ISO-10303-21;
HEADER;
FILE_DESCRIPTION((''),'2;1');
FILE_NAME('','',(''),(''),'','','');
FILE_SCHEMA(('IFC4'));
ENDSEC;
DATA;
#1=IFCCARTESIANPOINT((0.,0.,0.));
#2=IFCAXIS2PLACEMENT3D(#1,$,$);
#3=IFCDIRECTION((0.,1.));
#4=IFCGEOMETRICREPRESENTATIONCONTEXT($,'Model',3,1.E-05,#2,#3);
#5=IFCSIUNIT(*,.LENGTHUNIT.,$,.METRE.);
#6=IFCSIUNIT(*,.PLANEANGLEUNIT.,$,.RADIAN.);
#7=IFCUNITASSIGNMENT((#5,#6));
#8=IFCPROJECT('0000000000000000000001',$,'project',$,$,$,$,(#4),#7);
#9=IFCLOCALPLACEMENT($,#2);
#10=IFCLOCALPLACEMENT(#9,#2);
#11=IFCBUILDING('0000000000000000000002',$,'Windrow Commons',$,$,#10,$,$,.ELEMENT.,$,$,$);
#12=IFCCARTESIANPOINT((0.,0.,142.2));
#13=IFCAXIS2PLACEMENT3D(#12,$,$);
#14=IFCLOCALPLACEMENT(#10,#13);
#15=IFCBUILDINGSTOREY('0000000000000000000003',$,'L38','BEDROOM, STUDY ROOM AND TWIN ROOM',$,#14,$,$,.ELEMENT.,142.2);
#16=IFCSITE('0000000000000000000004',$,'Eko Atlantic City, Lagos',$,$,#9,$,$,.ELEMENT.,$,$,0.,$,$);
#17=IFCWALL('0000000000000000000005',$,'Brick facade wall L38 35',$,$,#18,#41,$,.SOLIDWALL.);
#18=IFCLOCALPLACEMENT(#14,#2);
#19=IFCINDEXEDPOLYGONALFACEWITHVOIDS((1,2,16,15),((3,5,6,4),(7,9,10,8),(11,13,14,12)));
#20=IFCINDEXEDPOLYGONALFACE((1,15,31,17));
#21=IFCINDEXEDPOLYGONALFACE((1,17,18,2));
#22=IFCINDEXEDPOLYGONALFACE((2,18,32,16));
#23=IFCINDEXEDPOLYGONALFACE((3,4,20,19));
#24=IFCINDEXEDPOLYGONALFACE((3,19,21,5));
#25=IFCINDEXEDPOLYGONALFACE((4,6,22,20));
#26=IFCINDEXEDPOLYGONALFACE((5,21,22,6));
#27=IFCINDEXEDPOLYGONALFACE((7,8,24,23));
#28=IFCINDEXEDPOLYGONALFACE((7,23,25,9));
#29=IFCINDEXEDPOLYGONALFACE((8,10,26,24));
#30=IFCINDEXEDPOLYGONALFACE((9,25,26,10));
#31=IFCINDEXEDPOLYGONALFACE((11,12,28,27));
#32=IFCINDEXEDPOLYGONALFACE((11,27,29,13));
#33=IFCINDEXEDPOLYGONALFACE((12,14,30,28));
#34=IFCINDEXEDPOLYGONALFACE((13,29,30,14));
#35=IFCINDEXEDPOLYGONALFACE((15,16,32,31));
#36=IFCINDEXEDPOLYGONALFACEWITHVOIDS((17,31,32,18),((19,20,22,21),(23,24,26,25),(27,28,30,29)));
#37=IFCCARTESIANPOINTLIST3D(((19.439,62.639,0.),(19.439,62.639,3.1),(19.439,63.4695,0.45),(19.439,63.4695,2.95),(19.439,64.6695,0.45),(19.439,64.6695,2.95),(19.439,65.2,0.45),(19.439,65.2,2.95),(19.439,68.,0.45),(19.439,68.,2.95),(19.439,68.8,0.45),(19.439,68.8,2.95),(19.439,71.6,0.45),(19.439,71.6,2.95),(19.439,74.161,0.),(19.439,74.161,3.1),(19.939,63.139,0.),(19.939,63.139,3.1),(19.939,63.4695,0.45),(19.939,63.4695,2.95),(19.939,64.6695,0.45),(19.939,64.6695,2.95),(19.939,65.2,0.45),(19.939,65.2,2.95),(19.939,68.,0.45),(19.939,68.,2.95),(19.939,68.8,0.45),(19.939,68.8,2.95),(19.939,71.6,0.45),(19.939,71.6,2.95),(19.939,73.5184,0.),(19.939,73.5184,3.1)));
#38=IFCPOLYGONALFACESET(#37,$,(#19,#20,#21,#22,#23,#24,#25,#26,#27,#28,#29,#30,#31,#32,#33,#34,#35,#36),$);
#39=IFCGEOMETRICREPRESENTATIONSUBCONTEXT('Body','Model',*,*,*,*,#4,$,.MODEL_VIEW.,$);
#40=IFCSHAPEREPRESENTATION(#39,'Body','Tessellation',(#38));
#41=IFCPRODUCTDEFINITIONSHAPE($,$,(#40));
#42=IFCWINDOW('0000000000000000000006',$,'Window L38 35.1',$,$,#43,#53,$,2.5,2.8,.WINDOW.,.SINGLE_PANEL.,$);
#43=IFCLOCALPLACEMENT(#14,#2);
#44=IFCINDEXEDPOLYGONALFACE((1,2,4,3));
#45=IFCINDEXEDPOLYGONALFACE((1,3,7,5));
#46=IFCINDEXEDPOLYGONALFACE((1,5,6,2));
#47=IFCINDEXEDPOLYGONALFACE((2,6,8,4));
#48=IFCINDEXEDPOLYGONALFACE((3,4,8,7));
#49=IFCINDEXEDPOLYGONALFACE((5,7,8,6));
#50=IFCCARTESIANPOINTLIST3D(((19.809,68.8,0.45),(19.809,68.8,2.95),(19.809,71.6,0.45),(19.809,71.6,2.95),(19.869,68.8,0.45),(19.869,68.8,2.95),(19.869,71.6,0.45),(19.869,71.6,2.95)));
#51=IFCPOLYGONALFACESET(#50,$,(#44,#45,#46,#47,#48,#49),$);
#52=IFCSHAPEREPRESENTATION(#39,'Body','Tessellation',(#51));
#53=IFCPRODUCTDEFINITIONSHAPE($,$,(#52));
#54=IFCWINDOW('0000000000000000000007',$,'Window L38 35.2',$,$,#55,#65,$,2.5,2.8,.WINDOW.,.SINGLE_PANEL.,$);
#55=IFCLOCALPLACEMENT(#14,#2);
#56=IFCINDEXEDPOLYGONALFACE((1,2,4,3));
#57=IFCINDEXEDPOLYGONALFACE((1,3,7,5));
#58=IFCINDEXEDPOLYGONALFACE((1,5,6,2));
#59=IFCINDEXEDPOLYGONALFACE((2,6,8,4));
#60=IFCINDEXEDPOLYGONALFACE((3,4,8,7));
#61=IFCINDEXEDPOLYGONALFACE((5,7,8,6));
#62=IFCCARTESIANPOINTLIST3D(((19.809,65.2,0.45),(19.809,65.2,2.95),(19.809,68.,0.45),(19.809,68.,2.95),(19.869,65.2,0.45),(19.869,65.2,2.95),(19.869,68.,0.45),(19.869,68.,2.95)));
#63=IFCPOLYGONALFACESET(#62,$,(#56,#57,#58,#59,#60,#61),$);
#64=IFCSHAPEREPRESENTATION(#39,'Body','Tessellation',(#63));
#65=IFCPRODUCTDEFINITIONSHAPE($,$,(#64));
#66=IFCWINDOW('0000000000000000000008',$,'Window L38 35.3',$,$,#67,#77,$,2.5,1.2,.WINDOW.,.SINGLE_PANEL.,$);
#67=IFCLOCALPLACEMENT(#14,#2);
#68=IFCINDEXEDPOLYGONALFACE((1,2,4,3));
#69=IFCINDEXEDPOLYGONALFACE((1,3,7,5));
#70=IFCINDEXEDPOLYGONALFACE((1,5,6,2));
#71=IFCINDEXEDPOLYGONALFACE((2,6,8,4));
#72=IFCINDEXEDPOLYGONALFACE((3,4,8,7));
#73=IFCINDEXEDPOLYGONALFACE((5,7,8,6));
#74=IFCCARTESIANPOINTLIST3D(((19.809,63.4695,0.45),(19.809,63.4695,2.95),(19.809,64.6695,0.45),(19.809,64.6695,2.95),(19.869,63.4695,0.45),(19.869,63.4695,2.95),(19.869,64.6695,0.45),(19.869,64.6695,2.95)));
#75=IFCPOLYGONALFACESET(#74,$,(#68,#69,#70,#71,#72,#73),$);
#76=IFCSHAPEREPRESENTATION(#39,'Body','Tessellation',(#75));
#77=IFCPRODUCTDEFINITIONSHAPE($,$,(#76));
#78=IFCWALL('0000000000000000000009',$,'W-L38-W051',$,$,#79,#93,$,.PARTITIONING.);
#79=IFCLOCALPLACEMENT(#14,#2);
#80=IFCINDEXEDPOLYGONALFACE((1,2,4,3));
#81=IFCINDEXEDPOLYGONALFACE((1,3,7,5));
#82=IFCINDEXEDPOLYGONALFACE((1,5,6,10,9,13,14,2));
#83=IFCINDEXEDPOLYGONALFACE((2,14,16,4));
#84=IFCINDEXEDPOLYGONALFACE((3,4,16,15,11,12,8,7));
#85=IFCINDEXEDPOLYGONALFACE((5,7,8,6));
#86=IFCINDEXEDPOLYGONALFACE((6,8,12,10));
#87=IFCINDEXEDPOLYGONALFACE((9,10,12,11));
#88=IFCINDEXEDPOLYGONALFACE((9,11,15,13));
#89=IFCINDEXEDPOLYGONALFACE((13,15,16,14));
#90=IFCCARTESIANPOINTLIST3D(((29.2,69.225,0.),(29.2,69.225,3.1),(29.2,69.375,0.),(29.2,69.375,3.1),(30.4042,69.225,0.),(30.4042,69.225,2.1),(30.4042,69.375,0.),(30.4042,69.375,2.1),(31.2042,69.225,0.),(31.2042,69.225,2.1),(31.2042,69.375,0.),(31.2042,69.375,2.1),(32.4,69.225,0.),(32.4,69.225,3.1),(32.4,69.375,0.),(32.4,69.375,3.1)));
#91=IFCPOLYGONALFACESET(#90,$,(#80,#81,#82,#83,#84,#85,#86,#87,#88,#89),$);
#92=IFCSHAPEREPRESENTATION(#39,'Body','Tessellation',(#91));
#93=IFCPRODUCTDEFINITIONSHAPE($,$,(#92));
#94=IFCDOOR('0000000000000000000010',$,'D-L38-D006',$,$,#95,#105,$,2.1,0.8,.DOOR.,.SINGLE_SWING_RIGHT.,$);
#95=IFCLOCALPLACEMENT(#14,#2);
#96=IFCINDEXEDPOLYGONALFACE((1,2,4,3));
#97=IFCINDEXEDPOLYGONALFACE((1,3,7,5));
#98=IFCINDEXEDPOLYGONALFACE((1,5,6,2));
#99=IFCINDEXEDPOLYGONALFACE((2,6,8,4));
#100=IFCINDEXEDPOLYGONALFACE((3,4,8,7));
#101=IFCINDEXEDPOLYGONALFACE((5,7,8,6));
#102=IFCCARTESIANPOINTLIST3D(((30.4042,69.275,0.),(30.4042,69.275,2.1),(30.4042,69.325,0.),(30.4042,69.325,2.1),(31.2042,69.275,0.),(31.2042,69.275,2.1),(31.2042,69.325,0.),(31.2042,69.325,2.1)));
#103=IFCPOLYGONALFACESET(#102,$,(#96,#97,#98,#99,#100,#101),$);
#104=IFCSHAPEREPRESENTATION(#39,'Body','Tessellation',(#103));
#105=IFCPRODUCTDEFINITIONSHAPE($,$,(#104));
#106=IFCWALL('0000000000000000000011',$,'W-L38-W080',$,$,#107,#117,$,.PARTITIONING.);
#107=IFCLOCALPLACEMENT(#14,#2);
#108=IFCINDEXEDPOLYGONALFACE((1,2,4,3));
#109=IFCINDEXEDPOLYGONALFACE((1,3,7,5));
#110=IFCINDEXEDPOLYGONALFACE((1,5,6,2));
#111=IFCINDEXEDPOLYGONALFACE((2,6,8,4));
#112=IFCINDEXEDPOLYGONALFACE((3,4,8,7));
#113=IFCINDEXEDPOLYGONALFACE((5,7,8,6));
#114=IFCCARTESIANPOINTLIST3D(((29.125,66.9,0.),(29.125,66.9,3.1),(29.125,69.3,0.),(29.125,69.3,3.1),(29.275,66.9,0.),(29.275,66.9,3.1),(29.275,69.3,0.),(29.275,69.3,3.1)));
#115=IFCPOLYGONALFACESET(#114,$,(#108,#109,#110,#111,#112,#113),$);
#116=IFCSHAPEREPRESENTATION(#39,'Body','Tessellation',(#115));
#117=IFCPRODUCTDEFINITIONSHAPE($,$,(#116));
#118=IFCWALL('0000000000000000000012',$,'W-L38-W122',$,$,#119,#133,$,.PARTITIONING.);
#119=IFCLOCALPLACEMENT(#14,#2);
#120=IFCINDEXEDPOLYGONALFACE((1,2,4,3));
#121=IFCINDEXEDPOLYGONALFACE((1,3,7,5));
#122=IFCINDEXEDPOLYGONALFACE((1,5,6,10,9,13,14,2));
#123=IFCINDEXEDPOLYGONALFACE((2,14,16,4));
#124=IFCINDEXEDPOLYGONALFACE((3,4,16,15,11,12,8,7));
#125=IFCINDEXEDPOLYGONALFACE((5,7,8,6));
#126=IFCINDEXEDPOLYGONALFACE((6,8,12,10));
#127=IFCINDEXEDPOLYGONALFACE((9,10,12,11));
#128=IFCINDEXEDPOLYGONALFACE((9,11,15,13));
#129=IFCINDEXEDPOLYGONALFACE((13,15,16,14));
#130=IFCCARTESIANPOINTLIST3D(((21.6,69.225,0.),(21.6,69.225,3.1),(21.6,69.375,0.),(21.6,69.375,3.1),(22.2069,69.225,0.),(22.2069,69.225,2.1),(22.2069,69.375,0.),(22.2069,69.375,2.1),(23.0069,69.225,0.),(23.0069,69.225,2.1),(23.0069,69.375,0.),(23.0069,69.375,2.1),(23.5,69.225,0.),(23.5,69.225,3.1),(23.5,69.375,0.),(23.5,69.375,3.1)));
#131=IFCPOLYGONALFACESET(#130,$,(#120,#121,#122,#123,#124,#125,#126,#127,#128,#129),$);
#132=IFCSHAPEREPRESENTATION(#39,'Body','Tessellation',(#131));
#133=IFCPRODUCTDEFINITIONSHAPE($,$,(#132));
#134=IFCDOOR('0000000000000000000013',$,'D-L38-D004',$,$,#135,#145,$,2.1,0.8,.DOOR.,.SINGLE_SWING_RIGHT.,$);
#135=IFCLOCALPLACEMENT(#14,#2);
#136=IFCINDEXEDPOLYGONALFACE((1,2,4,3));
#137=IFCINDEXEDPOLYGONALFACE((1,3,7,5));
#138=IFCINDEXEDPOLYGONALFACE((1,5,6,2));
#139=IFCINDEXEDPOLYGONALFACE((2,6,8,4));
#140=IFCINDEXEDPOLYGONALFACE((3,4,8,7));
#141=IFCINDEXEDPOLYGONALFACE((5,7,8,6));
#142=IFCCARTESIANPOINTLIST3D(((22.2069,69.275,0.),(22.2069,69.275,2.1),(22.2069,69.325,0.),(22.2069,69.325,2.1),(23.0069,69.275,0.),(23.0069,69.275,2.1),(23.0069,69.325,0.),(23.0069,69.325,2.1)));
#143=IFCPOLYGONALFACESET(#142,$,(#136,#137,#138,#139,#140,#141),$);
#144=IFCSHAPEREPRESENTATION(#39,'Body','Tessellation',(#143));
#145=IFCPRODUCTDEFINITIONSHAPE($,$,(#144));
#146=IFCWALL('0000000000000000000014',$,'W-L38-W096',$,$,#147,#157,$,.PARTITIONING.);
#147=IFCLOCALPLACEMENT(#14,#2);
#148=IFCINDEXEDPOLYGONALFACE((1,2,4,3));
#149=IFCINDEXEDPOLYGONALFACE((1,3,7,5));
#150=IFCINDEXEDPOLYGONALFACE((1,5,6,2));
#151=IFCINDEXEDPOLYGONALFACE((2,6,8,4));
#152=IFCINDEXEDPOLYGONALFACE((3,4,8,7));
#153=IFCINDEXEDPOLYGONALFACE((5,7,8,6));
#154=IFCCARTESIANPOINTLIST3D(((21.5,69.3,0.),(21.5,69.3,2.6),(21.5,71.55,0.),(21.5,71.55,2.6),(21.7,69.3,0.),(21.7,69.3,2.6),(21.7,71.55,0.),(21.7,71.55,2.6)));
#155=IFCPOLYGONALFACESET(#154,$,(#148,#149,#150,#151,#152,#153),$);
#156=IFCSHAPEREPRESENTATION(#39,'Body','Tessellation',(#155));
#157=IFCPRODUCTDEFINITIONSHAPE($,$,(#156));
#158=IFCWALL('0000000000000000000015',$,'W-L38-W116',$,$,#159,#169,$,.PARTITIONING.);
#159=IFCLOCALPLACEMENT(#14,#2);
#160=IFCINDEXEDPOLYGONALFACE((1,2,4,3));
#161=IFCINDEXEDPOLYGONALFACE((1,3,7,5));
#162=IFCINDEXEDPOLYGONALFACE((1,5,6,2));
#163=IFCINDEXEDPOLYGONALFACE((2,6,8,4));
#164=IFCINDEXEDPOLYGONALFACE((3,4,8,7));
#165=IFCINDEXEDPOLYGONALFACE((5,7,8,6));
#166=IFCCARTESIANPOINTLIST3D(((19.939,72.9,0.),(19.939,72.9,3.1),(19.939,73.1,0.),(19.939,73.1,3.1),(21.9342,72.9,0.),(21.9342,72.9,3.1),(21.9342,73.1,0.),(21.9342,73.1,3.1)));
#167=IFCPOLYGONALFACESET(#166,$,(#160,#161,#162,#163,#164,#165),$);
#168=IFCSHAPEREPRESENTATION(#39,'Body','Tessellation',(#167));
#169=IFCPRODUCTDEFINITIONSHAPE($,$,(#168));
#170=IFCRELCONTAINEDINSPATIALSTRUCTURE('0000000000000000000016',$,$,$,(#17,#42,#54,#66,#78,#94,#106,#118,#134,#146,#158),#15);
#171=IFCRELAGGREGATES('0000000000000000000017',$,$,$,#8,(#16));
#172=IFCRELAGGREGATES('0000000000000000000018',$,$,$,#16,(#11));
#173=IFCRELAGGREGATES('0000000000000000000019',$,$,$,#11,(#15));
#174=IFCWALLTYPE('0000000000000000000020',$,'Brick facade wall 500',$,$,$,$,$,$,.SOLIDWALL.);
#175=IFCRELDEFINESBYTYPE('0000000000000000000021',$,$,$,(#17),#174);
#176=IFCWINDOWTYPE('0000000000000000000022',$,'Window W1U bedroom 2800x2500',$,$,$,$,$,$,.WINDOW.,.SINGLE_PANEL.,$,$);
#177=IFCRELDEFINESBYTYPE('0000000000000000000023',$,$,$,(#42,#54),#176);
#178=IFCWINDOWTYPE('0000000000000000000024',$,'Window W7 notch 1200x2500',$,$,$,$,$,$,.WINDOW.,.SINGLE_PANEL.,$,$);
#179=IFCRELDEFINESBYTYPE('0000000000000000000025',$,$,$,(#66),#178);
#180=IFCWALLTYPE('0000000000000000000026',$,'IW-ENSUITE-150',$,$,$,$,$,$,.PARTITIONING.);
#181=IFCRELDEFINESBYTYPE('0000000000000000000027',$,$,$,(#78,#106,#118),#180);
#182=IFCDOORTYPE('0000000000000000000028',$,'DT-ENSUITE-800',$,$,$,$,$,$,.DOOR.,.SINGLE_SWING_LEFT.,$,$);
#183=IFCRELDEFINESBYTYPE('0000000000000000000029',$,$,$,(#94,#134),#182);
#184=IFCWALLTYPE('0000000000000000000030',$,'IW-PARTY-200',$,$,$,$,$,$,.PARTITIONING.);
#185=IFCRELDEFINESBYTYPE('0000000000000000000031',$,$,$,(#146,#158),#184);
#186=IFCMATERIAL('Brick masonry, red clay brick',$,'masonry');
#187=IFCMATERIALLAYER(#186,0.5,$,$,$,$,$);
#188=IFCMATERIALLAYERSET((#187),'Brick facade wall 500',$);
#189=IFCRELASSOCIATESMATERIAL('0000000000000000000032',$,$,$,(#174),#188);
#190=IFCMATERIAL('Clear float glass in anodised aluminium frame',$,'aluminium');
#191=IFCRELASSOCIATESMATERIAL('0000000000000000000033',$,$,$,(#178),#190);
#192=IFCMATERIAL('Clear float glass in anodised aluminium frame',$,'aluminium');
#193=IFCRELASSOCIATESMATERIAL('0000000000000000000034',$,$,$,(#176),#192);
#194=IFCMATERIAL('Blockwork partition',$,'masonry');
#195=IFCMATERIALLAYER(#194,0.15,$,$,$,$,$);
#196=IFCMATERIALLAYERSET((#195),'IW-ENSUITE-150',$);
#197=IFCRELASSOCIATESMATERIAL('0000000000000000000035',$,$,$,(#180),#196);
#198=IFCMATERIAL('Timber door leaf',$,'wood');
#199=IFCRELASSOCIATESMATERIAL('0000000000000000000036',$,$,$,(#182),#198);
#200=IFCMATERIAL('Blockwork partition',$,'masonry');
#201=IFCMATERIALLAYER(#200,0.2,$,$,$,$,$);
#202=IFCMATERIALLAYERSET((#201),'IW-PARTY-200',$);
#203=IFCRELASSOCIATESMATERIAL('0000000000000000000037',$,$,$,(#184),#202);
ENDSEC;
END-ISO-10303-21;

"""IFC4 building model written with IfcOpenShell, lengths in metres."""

from ifc_helpers import new_model, si_unit, direction, frame, frame_2d, origin, place, context, subcontext, project, spatial, polyline, rectangle, outline, extrude, material, layer, layer_set, type_object, element, fill, save


model = new_model("IFC4")

# Units and contexts
model_context = context("Model", 3, precision=1e-05, world=origin(), true_north=direction((0.0, 1.0)))
body_context = subcontext(model_context, "Body", "Model", "MODEL_VIEW")
ifc_project = project(units=[si_unit("LENGTHUNIT", "METRE"), si_unit("PLANEANGLEUNIT", "RADIAN")], contexts=[model_context])

# Site, building, storey
site_placement = place(None, origin())
site = spatial("IfcSite", under=ifc_project, at=site_placement, Name="Eko Atlantic City, Lagos", CompositionType="ELEMENT", RefElevation=0.0)
building_placement = place(site_placement, origin())
building = spatial("IfcBuilding", under=site, at=building_placement, Name="Windrow Commons", CompositionType="ELEMENT")
storey_placement = place(building_placement, frame((0.0, 0.0, 142.2)))
storey = spatial("IfcBuildingStorey", under=building, at=storey_placement, Name="L38", Description="BEDROOM, STUDY ROOM AND TWIN ROOM", CompositionType="ELEMENT", Elevation=142.2)

# Wall, openings, windows
ifc_material_1 = material(Name="Brick masonry, red clay brick", Category="masonry")
ifc_layer_1 = layer(ifc_material_1, 0.5)
ifc_layer_set_1 = layer_set([ifc_layer_1], Name="Brick facade wall 500")
wall_type_1 = type_object("IfcWallType", Name="Brick facade wall 500", PredefinedType="SOLIDWALL", material=ifc_layer_set_1)
ifc_material_2 = material(Name="Clear float glass in anodised aluminium frame", Category="aluminium")
window_type_1 = type_object("IfcWindowType", Name="Window W7 notch 1200x2500", PartitioningType="SINGLE_PANEL", PredefinedType="WINDOW", material=ifc_material_2)
wall_1_placement = place(storey_placement, frame((19.689, 73.8397, 0.0), z_axis=(0.0, 0.0, 1.0), x_axis=(0.0, -1.0, 0.0)))
wall_1 = element("IfcWall", 1, at=wall_1_placement, inside=storey, type_object=wall_type_1, Name="Brick facade wall L38 35", PredefinedType="SOLIDWALL", context=body_context, shape_type="SweptSolid", body=[
    extrude(outline(polyline([(-0.3213, -0.25), (11.2007, -0.25), (10.7007, 0.25), (0.3213, 0.25), (-0.3213, -0.25)])), origin(), (0.0, 0.0, 1.0), 3.1),
])
opening_1_placement = place(wall_1_placement, frame((2.2397, 0.0, 0.45)))
opening_1 = element("IfcOpeningElement", 2, at=opening_1_placement, cuts=wall_1, PredefinedType="OPENING", context=body_context, shape_type="SweptSolid", body=[
    extrude(rectangle(XDim=2.8, YDim=2.5, at=frame_2d((1.4, 1.25))), frame((0.0, 0.26, 0.0), z_axis=(0.0, -1.0, 0.0), x_axis=(1.0, 0.0, 0.0)), (0.0, 0.0, 1.0), 0.52),
])
opening_2_placement = place(wall_1_placement, frame((5.8397, 0.0, 0.45)))
opening_2 = element("IfcOpeningElement", 3, at=opening_2_placement, cuts=wall_1, PredefinedType="OPENING", context=body_context, shape_type="SweptSolid", body=[
    extrude(rectangle(XDim=2.8, YDim=2.5, at=frame_2d((1.4, 1.25))), frame((0.0, 0.26, 0.0), z_axis=(0.0, -1.0, 0.0), x_axis=(1.0, 0.0, 0.0)), (0.0, 0.0, 1.0), 0.52),
])
opening_3_placement = place(wall_1_placement, frame((9.1702, 0.0, 0.45)))
opening_3 = element("IfcOpeningElement", 4, at=opening_3_placement, cuts=wall_1, PredefinedType="OPENING", context=body_context, shape_type="SweptSolid", body=[
    extrude(rectangle(XDim=1.2, YDim=2.5, at=frame_2d((0.6, 1.25))), frame((0.0, 0.26, 0.0), z_axis=(0.0, -1.0, 0.0), x_axis=(1.0, 0.0, 0.0)), (0.0, 0.0, 1.0), 0.52),
])
ifc_material_3 = material(Name="Clear float glass in anodised aluminium frame", Category="aluminium")
window_type_2 = type_object("IfcWindowType", Name="Window W1U bedroom 2800x2500", PartitioningType="SINGLE_PANEL", PredefinedType="WINDOW", material=ifc_material_3)
window_1_placement = place(opening_1_placement, origin())
window_1 = element("IfcWindow", 5, at=window_1_placement, inside=storey, type_object=window_type_2, Name="Window L38 35.1", OverallHeight=2.5, OverallWidth=2.8, PartitioningType="SINGLE_PANEL", PredefinedType="WINDOW", context=body_context, shape_type="SweptSolid", body=[
    extrude(rectangle(XDim=2.8, YDim=2.5, at=frame_2d((1.4, 1.25))), frame((0.0, 0.18, 0.0), z_axis=(0.0, -1.0, 0.0), x_axis=(1.0, 0.0, 0.0)), (0.0, 0.0, 1.0), 0.06),
])
fill(opening_1, window_1)
window_2_placement = place(opening_2_placement, origin())
window_2 = element("IfcWindow", 6, at=window_2_placement, inside=storey, type_object=window_type_2, Name="Window L38 35.2", OverallHeight=2.5, OverallWidth=2.8, PartitioningType="SINGLE_PANEL", PredefinedType="WINDOW", context=body_context, shape_type="SweptSolid", body=[
    extrude(rectangle(XDim=2.8, YDim=2.5, at=frame_2d((1.4, 1.25))), frame((0.0, 0.18, 0.0), z_axis=(0.0, -1.0, 0.0), x_axis=(1.0, 0.0, 0.0)), (0.0, 0.0, 1.0), 0.06),
])
fill(opening_2, window_2)
window_3_placement = place(opening_3_placement, origin())
window_3 = element("IfcWindow", 7, at=window_3_placement, inside=storey, type_object=window_type_1, Name="Window L38 35.3", OverallHeight=2.5, OverallWidth=1.2, PartitioningType="SINGLE_PANEL", PredefinedType="WINDOW", context=body_context, shape_type="SweptSolid", body=[
    extrude(rectangle(XDim=1.2, YDim=2.5, at=frame_2d((0.6, 1.25))), frame((0.0, 0.18, 0.0), z_axis=(0.0, -1.0, 0.0), x_axis=(1.0, 0.0, 0.0)), (0.0, 0.0, 1.0), 0.06),
])
fill(opening_3, window_3)

# Wall, opening, door
ifc_material_4 = material(Name="Blockwork partition", Category="masonry")
ifc_layer_2 = layer(ifc_material_4, 0.15)
ifc_layer_set_2 = layer_set([ifc_layer_2], Name="IW-ENSUITE-150")
wall_type_2 = type_object("IfcWallType", Name="IW-ENSUITE-150", PredefinedType="PARTITIONING", material=ifc_layer_set_2)
wall_2_placement = place(storey_placement, frame((29.2, 69.3, 0.0), z_axis=(0.0, 0.0, 1.0), x_axis=(1.0, 0.0, 0.0)))
wall_2 = element("IfcWall", 8, at=wall_2_placement, inside=storey, type_object=wall_type_2, Name="W-L38-W051", PredefinedType="PARTITIONING", context=body_context, shape_type="SweptSolid", body=[
    extrude(rectangle(XDim=3.2, YDim=0.15, at=frame_2d((1.6, 0.0))), origin(), (0.0, 0.0, 1.0), 3.1),
])
opening_4_placement = place(wall_2_placement, frame((1.2042, 0.0, 0.0)))
opening_4 = element("IfcOpeningElement", 9, at=opening_4_placement, cuts=wall_2, PredefinedType="OPENING", context=body_context, shape_type="SweptSolid", body=[
    extrude(rectangle(XDim=0.8, YDim=2.1, at=frame_2d((0.4, 1.05))), frame((0.0, 0.085, 0.0), z_axis=(0.0, -1.0, 0.0), x_axis=(1.0, 0.0, 0.0)), (0.0, 0.0, 1.0), 0.17),
])
ifc_material_5 = material(Name="Timber door leaf", Category="wood")
door_type = type_object("IfcDoorType", Name="DT-ENSUITE-800", OperationType="SINGLE_SWING_LEFT", PredefinedType="DOOR", material=ifc_material_5)
door_1_placement = place(opening_4_placement, origin())
door_1 = element("IfcDoor", 10, at=door_1_placement, inside=storey, type_object=door_type, Name="D-L38-D006", OperationType="SINGLE_SWING_RIGHT", OverallHeight=2.1, OverallWidth=0.8, PredefinedType="DOOR", context=body_context, shape_type="SweptSolid", body=[
    extrude(rectangle(XDim=0.8, YDim=2.1, at=frame_2d((0.4, 1.05))), frame((0.0, 0.025, 0.0), z_axis=(0.0, -1.0, 0.0), x_axis=(1.0, 0.0, 0.0)), (0.0, 0.0, 1.0), 0.05),
])
fill(opening_4, door_1)

# Wall
wall_3_placement = place(storey_placement, frame((29.2, 66.9, 0.0), z_axis=(0.0, 0.0, 1.0), x_axis=(0.0, 1.0, 0.0)))
element("IfcWall", 11, at=wall_3_placement, inside=storey, type_object=wall_type_2, Name="W-L38-W080", PredefinedType="PARTITIONING", context=body_context, shape_type="SweptSolid", body=[
    extrude(rectangle(XDim=2.4, YDim=0.15, at=frame_2d((1.2, 0.0))), origin(), (0.0, 0.0, 1.0), 3.1),
])

# Wall, opening, door
wall_4_placement = place(storey_placement, frame((21.6, 69.3, 0.0), z_axis=(0.0, 0.0, 1.0), x_axis=(1.0, 0.0, 0.0)))
wall_4 = element("IfcWall", 12, at=wall_4_placement, inside=storey, type_object=wall_type_2, Name="W-L38-W122", PredefinedType="PARTITIONING", context=body_context, shape_type="SweptSolid", body=[
    extrude(rectangle(XDim=1.9, YDim=0.15, at=frame_2d((0.95, 0.0))), origin(), (0.0, 0.0, 1.0), 3.1),
])
opening_5_placement = place(wall_4_placement, frame((0.6069, 0.0, 0.0)))
opening_5 = element("IfcOpeningElement", 13, at=opening_5_placement, cuts=wall_4, PredefinedType="OPENING", context=body_context, shape_type="SweptSolid", body=[
    extrude(rectangle(XDim=0.8, YDim=2.1, at=frame_2d((0.4, 1.05))), frame((0.0, 0.085, 0.0), z_axis=(0.0, -1.0, 0.0), x_axis=(1.0, 0.0, 0.0)), (0.0, 0.0, 1.0), 0.17),
])
door_2_placement = place(opening_5_placement, origin())
door_2 = element("IfcDoor", 14, at=door_2_placement, inside=storey, type_object=door_type, Name="D-L38-D004", OperationType="SINGLE_SWING_RIGHT", OverallHeight=2.1, OverallWidth=0.8, PredefinedType="DOOR", context=body_context, shape_type="SweptSolid", body=[
    extrude(rectangle(XDim=0.8, YDim=2.1, at=frame_2d((0.4, 1.05))), frame((0.0, 0.025, 0.0), z_axis=(0.0, -1.0, 0.0), x_axis=(1.0, 0.0, 0.0)), (0.0, 0.0, 1.0), 0.05),
])
fill(opening_5, door_2)

# Walls
ifc_material_6 = material(Name="Blockwork partition", Category="masonry")
ifc_layer_3 = layer(ifc_material_6, 0.2)
ifc_layer_set_3 = layer_set([ifc_layer_3], Name="IW-PARTY-200")
wall_type_3 = type_object("IfcWallType", Name="IW-PARTY-200", PredefinedType="PARTITIONING", material=ifc_layer_set_3)
wall_5_placement = place(storey_placement, frame((21.6, 69.3, 0.0), z_axis=(0.0, 0.0, 1.0), x_axis=(0.0, 1.0, 0.0)))
element("IfcWall", 15, at=wall_5_placement, inside=storey, type_object=wall_type_3, Name="W-L38-W096", PredefinedType="PARTITIONING", context=body_context, shape_type="SweptSolid", body=[
    extrude(rectangle(XDim=2.25, YDim=0.2, at=frame_2d((1.125, 0.0))), origin(), (0.0, 0.0, 1.0), 2.6),
])
wall_6_placement = place(storey_placement, frame((19.939, 73.0, 0.0), z_axis=(0.0, 0.0, 1.0), x_axis=(1.0, 0.0, 0.0)))
element("IfcWall", 16, at=wall_6_placement, inside=storey, type_object=wall_type_3, Name="W-L38-W116", PredefinedType="PARTITIONING", context=body_context, shape_type="SweptSolid", body=[
    extrude(rectangle(XDim=1.9952, YDim=0.2, at=frame_2d((0.9976, 0.0))), origin(), (0.0, 0.0, 1.0), 3.1),
])

save(model, "model.ifc")
